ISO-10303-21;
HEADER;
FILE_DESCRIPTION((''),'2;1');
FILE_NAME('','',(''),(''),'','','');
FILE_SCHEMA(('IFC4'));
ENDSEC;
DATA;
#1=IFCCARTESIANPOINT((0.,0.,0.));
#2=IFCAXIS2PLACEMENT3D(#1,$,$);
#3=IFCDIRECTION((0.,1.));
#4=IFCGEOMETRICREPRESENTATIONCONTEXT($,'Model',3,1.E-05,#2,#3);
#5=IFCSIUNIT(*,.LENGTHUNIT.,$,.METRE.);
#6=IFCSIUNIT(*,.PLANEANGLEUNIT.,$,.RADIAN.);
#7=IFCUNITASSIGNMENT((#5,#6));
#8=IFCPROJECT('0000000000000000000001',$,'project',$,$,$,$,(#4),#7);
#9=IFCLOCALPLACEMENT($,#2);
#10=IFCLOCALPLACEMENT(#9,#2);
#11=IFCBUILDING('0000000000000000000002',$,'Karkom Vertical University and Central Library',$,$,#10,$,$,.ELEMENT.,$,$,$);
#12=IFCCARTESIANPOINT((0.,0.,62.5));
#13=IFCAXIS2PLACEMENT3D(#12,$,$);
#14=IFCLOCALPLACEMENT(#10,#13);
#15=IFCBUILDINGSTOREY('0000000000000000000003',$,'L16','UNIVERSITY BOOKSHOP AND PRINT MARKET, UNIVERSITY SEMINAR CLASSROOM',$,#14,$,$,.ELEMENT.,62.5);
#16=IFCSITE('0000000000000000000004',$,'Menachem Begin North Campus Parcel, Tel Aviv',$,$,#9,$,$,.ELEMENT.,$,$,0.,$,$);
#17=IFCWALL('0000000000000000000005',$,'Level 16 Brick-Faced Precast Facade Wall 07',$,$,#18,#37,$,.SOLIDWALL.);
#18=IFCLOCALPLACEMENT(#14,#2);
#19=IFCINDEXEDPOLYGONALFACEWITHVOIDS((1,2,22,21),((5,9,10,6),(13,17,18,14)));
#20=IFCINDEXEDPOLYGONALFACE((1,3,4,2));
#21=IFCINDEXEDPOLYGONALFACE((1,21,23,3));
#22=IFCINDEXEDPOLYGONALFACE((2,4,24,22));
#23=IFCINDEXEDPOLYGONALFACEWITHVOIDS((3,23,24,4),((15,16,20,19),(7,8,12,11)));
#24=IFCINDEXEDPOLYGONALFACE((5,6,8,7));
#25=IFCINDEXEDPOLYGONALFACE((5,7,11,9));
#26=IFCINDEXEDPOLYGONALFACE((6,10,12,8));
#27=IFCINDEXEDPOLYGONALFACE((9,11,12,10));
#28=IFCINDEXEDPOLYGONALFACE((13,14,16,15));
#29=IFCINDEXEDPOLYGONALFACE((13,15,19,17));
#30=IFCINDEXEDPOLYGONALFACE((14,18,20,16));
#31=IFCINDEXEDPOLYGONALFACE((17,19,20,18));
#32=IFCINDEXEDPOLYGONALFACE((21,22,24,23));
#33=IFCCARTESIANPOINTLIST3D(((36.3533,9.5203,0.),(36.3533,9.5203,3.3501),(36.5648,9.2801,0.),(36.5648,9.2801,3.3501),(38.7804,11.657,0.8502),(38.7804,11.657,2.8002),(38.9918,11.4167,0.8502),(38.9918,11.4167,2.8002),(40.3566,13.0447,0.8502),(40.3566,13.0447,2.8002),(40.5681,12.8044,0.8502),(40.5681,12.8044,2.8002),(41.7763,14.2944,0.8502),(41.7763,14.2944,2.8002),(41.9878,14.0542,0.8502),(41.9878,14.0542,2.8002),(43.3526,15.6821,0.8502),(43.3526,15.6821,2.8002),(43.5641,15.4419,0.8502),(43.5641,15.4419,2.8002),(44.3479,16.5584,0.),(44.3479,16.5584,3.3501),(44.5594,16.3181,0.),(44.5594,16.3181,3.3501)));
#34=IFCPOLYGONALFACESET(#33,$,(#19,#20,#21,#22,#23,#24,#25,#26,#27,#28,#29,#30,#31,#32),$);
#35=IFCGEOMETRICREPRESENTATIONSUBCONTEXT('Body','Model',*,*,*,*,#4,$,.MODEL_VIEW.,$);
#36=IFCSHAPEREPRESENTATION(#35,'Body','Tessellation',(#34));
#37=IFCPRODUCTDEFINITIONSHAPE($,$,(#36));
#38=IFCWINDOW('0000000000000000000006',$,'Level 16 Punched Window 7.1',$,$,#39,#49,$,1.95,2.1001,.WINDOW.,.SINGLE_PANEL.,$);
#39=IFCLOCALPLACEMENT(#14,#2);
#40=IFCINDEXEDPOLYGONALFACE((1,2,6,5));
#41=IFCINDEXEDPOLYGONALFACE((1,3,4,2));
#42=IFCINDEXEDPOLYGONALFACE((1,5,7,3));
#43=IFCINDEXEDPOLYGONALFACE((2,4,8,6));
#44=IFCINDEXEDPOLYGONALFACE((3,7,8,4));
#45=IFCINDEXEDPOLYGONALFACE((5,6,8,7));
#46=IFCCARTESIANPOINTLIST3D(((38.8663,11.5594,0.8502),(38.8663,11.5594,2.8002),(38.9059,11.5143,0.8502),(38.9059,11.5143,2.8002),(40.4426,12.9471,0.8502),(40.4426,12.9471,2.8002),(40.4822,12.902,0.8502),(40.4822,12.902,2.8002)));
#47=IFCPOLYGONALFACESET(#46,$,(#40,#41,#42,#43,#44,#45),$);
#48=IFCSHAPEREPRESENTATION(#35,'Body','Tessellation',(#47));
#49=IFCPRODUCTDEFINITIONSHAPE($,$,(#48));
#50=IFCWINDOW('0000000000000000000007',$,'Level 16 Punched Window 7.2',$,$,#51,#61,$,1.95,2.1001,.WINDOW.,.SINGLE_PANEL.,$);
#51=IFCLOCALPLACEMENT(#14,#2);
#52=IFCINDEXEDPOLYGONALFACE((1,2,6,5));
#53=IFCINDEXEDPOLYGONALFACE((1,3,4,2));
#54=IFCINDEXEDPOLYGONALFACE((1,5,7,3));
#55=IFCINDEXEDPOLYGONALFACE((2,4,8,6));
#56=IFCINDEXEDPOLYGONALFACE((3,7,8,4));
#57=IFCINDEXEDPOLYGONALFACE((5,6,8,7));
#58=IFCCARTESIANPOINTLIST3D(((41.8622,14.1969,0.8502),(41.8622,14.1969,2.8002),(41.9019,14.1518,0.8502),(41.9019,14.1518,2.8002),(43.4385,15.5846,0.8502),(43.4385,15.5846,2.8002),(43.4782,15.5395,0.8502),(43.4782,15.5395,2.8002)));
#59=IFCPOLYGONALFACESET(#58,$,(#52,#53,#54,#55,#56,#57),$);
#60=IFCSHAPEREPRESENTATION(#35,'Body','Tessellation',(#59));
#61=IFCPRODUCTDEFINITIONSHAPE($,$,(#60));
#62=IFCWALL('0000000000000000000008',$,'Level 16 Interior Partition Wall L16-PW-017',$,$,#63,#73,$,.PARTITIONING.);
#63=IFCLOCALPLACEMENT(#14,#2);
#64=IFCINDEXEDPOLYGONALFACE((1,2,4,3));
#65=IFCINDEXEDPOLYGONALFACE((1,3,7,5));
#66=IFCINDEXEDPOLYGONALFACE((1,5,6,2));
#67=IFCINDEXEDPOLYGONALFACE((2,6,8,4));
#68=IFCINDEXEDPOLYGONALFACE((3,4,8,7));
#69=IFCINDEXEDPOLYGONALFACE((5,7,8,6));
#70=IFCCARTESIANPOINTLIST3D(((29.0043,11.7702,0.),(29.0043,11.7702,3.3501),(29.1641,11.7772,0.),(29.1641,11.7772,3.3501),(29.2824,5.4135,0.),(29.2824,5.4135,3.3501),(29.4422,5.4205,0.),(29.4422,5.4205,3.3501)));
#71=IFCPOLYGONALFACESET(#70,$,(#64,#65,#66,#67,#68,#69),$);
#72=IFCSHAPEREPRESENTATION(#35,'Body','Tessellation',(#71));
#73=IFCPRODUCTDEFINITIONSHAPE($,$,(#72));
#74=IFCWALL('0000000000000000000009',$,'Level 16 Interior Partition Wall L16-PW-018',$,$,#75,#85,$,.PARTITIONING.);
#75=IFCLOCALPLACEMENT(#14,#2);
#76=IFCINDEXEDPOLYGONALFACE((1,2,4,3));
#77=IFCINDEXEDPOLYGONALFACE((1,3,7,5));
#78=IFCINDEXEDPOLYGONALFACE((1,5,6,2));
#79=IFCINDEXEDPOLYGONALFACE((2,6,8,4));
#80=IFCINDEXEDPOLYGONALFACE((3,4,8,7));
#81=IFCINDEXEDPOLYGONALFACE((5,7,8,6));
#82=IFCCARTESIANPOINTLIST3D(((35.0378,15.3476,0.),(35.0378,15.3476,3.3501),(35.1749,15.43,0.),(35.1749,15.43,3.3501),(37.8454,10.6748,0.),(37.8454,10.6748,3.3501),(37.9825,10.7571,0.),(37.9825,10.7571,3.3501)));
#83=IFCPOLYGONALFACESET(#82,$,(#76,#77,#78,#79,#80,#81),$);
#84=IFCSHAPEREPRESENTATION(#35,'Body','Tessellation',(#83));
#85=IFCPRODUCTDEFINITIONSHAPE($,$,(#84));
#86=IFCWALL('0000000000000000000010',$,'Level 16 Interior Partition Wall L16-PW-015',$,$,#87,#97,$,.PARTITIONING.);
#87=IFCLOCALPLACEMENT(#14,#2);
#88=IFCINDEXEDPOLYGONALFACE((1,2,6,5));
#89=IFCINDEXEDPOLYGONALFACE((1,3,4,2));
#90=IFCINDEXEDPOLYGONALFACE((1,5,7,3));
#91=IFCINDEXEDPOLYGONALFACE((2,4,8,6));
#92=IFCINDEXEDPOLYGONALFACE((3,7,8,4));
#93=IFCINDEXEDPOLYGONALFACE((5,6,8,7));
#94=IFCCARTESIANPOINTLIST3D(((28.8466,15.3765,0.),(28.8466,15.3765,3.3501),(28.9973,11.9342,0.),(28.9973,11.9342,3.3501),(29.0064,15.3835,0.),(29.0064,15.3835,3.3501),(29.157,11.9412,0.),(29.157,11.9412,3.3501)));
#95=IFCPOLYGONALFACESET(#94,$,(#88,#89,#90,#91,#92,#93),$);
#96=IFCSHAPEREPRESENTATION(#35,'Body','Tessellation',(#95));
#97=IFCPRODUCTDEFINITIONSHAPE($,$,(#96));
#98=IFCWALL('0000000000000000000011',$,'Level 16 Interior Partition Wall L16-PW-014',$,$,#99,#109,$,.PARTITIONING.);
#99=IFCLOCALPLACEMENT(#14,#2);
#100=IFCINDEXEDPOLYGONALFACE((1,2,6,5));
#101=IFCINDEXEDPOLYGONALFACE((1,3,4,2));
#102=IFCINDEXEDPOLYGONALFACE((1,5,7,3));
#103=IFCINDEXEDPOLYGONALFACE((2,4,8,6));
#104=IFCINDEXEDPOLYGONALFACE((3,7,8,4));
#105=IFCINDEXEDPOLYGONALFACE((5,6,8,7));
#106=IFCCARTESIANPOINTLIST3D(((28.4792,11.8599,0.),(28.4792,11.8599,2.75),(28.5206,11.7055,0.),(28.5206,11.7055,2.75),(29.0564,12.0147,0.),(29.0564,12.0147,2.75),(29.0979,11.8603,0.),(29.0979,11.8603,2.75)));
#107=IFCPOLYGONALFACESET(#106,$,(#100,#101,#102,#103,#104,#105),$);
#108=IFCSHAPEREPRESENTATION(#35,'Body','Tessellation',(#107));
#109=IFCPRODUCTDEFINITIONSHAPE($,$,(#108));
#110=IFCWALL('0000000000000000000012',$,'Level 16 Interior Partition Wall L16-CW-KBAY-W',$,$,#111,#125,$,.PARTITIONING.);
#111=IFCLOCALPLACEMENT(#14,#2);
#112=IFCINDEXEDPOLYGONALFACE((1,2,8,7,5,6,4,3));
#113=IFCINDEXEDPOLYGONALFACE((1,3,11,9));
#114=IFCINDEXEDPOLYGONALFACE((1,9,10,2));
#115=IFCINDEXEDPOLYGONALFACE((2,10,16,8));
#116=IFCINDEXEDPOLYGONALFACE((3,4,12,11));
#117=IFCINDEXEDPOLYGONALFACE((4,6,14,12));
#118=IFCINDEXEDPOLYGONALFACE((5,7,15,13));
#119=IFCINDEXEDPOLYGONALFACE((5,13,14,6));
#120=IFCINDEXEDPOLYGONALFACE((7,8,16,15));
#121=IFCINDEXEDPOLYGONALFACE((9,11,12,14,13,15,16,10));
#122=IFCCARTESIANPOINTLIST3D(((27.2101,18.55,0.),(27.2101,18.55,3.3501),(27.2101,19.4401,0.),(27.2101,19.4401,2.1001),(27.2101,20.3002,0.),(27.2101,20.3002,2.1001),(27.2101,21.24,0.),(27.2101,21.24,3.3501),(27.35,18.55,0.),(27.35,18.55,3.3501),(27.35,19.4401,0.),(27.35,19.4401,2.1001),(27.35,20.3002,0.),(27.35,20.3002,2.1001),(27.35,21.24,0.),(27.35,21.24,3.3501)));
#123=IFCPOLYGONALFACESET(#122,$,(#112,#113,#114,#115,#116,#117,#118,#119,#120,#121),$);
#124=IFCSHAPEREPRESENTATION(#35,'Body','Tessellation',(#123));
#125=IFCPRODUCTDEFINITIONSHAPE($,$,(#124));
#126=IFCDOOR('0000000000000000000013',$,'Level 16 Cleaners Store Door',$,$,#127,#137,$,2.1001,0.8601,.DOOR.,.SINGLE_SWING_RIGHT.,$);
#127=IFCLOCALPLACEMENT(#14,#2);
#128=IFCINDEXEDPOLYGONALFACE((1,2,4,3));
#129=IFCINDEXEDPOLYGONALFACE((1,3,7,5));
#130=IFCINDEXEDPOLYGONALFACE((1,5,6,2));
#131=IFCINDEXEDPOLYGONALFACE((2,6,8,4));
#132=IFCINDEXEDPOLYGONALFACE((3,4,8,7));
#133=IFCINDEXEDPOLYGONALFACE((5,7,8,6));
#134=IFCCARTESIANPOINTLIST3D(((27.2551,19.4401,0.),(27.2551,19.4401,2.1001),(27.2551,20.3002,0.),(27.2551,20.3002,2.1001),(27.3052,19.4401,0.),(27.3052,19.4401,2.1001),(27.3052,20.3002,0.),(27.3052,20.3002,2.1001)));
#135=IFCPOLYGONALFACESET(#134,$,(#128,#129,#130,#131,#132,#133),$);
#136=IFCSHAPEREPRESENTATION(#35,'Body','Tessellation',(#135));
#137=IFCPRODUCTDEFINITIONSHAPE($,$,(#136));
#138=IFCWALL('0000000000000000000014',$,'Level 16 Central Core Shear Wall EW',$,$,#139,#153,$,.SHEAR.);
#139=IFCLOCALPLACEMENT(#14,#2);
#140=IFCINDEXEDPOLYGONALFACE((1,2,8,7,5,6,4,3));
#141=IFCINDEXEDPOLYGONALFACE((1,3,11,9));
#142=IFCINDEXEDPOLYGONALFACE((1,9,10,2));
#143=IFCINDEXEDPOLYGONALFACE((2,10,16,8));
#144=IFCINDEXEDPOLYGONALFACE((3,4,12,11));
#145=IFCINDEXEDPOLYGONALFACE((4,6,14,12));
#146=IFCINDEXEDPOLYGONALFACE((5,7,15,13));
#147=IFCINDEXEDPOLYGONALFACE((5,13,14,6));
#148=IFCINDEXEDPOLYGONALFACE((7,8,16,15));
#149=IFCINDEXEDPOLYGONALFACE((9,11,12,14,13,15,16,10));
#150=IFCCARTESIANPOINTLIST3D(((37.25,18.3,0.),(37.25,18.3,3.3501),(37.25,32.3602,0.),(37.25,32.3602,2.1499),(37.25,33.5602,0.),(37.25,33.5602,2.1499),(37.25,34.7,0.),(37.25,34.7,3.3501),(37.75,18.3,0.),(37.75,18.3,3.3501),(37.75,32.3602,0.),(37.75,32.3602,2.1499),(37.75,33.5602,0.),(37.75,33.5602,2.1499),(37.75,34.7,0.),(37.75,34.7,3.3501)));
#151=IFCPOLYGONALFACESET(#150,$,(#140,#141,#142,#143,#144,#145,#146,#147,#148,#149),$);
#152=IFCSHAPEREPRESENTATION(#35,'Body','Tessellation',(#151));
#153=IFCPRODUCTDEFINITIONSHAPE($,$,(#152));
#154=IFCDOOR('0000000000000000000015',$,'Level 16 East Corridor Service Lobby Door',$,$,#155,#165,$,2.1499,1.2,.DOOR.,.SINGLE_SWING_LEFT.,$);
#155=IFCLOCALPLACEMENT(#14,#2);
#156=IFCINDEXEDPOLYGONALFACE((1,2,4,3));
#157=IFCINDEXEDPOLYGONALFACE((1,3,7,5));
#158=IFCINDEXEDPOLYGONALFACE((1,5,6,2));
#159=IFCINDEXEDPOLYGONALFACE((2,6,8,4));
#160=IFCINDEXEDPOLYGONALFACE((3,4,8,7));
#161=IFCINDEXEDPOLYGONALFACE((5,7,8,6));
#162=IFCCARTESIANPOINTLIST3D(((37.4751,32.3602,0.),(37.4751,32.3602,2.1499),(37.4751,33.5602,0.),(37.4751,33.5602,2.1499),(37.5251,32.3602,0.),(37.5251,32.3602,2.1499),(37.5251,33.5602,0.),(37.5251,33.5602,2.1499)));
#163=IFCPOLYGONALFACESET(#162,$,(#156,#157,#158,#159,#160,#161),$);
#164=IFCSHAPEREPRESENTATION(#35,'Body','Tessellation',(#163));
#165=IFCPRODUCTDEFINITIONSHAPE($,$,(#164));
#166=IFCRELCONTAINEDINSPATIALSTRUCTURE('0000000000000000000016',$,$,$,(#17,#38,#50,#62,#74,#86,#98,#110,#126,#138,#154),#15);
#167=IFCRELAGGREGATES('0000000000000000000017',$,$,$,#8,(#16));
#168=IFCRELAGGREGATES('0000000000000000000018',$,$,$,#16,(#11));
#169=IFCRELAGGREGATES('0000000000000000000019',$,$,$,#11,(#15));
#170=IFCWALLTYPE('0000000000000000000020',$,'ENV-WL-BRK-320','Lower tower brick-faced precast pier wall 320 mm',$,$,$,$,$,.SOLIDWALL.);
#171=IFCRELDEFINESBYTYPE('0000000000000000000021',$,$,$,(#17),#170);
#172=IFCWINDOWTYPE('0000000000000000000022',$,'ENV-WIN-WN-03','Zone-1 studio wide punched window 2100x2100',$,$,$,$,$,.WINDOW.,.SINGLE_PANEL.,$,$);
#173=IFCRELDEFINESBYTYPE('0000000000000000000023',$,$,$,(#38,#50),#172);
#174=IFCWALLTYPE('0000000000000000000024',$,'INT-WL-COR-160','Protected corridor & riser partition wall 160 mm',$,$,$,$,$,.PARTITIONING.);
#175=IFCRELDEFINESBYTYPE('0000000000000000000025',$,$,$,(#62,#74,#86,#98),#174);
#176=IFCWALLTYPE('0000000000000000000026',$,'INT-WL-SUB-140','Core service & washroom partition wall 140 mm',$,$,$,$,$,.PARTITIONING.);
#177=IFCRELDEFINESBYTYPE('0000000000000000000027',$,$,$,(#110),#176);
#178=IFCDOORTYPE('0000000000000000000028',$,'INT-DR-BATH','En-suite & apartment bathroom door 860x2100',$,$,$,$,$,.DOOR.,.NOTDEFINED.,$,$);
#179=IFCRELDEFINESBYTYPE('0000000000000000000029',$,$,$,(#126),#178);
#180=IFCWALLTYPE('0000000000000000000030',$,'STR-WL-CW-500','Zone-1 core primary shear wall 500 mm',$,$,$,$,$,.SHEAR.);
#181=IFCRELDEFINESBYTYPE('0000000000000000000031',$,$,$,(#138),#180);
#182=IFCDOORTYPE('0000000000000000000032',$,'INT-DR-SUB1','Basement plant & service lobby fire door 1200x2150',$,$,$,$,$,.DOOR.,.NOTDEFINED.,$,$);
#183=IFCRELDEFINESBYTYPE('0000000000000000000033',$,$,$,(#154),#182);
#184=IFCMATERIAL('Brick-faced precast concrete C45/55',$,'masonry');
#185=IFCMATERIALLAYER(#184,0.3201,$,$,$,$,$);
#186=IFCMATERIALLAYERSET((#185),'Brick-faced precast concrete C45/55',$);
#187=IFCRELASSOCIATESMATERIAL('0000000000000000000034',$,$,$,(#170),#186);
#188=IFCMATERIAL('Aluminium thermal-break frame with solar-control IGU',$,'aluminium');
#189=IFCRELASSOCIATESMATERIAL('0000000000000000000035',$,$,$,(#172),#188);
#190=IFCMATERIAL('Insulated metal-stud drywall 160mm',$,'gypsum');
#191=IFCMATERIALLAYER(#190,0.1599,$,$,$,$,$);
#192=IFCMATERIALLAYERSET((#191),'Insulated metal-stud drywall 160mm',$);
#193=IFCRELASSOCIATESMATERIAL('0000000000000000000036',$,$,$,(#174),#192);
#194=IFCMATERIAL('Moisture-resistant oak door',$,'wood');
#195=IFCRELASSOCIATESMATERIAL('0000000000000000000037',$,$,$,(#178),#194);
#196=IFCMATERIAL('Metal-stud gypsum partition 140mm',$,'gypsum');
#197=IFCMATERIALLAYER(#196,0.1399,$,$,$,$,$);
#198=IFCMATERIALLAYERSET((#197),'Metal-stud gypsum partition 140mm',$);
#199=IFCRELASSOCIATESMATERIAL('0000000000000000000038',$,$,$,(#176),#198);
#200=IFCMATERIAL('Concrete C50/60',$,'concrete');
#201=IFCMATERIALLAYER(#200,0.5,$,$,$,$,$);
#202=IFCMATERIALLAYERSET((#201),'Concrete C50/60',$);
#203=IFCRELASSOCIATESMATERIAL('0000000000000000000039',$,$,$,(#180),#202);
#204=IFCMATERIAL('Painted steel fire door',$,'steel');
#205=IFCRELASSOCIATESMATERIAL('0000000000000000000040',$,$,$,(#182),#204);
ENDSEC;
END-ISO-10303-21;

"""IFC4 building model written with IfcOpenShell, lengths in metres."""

from ifc_helpers import new_model, si_unit, direction, frame, frame_2d, origin, origin_with_axes, place, context, subcontext, project, spatial, rectangle, extrude, source, transform, mapped, material, layer, layer_set, type_object, element, fill, save


model = new_model("IFC4")

# Units and contexts
model_context = context("Model", 3, precision=1e-05, world=origin(), true_north=direction((0.0, 1.0)))
body_context = subcontext(model_context, "Body", "Model", "MODEL_VIEW")
ifc_project = project(units=[si_unit("LENGTHUNIT", "METRE"), si_unit("PLANEANGLEUNIT", "RADIAN")], contexts=[model_context])

# Site, building, storey
site_placement = place(None, origin())
site = spatial("IfcSite", under=ifc_project, at=site_placement, Name="Menachem Begin North Campus Parcel, Tel Aviv", CompositionType="ELEMENT", RefElevation=0.0)
building_placement = place(site_placement, origin())
building = spatial("IfcBuilding", under=site, at=building_placement, Name="Karkom Vertical University and Central Library", CompositionType="ELEMENT")
storey_placement = place(building_placement, frame((0.0, 0.0, 62.5)))
storey = spatial("IfcBuildingStorey", under=building, at=storey_placement, Name="L16", Description="UNIVERSITY BOOKSHOP AND PRINT MARKET, UNIVERSITY SEMINAR CLASSROOM", CompositionType="ELEMENT", Elevation=62.5)

# Shared definitions
ifc_material_1 = material(Name="Concrete C50/60", Category="concrete")

# Wall, openings, windows
ifc_material_2 = material(Name="Brick-faced precast concrete C45/55", Category="masonry")
ifc_layer_1 = layer(ifc_material_2, 0.3201)
ifc_layer_set_1 = layer_set([ifc_layer_1], Name="Brick-faced precast concrete C45/55")
wall_type_1 = type_object("IfcWallType", Name="ENV-WL-BRK-320", Description="Lower tower brick-faced precast pier wall 320 mm", PredefinedType="SOLIDWALL", material=ifc_layer_set_1)
wall_1_placement = place(storey_placement, frame((36.459, 9.4001, 0.0), z_axis=(0.0, 0.0, 1.0), x_axis=(0.750583, 0.660777, 0.0)))
wall_1 = element("IfcWall", 1, at=wall_1_placement, inside=storey, type_object=wall_type_1, Name="Level 16 Brick-Faced Precast Facade Wall 07", PredefinedType="SOLIDWALL", context=body_context, shape_type="SweptSolid", body=[
    extrude(rectangle(XDim=10.6511, YDim=0.3201, at=frame_2d((5.3257, 0.0))), origin(), (0.0, 0.0, 1.0), 3.3501),
])
opening_1_placement = place(wall_1_placement, frame((3.2336, 0.0, 0.8501)))
opening_1 = element("IfcOpeningElement", 2, at=opening_1_placement, cuts=wall_1, PredefinedType="OPENING", context=body_context, shape_type="SweptSolid", body=[
    extrude(rectangle(XDim=2.1001, YDim=1.95, at=frame_2d((1.05, 0.9751))), frame((0.0, 0.1699, 0.0), z_axis=(0.0, -1.0, 0.0), x_axis=(1.0, 0.0, 0.0)), (0.0, 0.0, 1.0), 0.3401),
])
opening_2_placement = place(wall_1_placement, frame((7.2251, 0.0, 0.8501)))
opening_2 = element("IfcOpeningElement", 3, at=opening_2_placement, cuts=wall_1, PredefinedType="OPENING", context=body_context, shape_type="SweptSolid", body=[
    extrude(rectangle(XDim=2.1001, YDim=1.95, at=frame_2d((1.05, 0.9751))), frame((0.0, 0.1699, 0.0), z_axis=(0.0, -1.0, 0.0), x_axis=(1.0, 0.0, 0.0)), (0.0, 0.0, 1.0), 0.3401),
])
ifc_material_3 = material(Name="Aluminium thermal-break frame with solar-control IGU", Category="aluminium")
window_type = type_object("IfcWindowType", Name="ENV-WIN-WN-03", Description="Zone-1 studio wide punched window 2100x2100", PartitioningType="SINGLE_PANEL", PredefinedType="WINDOW", material=ifc_material_3)
shared_shape_1 = source(origin_with_axes(), body_context, "Body", "SweptSolid", [
    extrude(rectangle(XDim=2.1001, YDim=1.95, at=frame_2d((1.05, 0.9751))), frame((0.0, 0.03, 0.0), z_axis=(0.0, -1.0, 0.0), x_axis=(1.0, 0.0, 0.0)), (0.0, 0.0, 1.0), 0.0601),
])
window_1_placement = place(opening_1_placement, origin())
window_1 = element("IfcWindow", 4, at=window_1_placement, inside=storey, type_object=window_type, Name="Level 16 Punched Window 7.1", OverallHeight=1.95, OverallWidth=2.1001, PartitioningType="SINGLE_PANEL", PredefinedType="WINDOW", context=body_context, shape_type="MappedRepresentation", body=[
    mapped(shared_shape_1, transform((0.0, 0.0, 0.0), scale=1.0)),
])
fill(opening_1, window_1)
window_2_placement = place(opening_2_placement, origin())
window_2 = element("IfcWindow", 5, at=window_2_placement, inside=storey, type_object=window_type, Name="Level 16 Punched Window 7.2", OverallHeight=1.95, OverallWidth=2.1001, PartitioningType="SINGLE_PANEL", PredefinedType="WINDOW", context=body_context, shape_type="MappedRepresentation", body=[
    mapped(shared_shape_1, transform((0.0, 0.0, 0.0), scale=1.0)),
])
fill(opening_2, window_2)

# Shared definitions
ifc_material_4 = material(Name="Insulated metal-stud drywall 160mm", Category="gypsum")
ifc_layer_2 = layer(ifc_material_4, 0.1599)
ifc_layer_set_2 = layer_set([ifc_layer_2], Name="Insulated metal-stud drywall 160mm")
wall_type_2 = type_object("IfcWallType", Name="INT-WL-COR-160", Description="Protected corridor & riser partition wall 160 mm", PredefinedType="PARTITIONING", material=ifc_layer_set_2)
ifc_material_5 = material(Name="Moisture-resistant oak door", Category="wood")
door_type_1 = type_object("IfcDoorType", Name="INT-DR-BATH", Description="En-suite & apartment bathroom door 860x2100", OperationType="NOTDEFINED", PredefinedType="DOOR", material=ifc_material_5)
shared_shape_2 = source(origin_with_axes(), body_context, "Body", "SweptSolid", [
    extrude(rectangle(XDim=0.8601, YDim=2.1001, at=frame_2d((0.4302, 1.05))), frame((0.0, 0.0249, 0.0), z_axis=(0.0, -1.0, 0.0), x_axis=(1.0, 0.0, 0.0)), (0.0, 0.0, 1.0), 0.05),
])

# Walls
wall_2_placement = place(storey_placement, frame((29.0842, 11.7737, 0.0), z_axis=(0.0, 0.0, 1.0), x_axis=(0.043704, -0.999045, 0.0)))
element("IfcWall", 6, at=wall_2_placement, inside=storey, type_object=wall_type_2, Name="Level 16 Interior Partition Wall L16-PW-017", PredefinedType="PARTITIONING", context=body_context, shape_type="SweptSolid", body=[
    extrude(rectangle(XDim=6.3628, YDim=0.1599, at=frame_2d((3.1814, 0.0))), origin(), (0.0, 0.0, 1.0), 3.3501),
])
wall_3_placement = place(storey_placement, frame((35.1064, 15.3887, 0.0), z_axis=(0.0, 0.0, 1.0), x_axis=(0.515023, -0.857177, 0.0)))
element("IfcWall", 7, at=wall_3_placement, inside=storey, type_object=wall_type_2, Name="Level 16 Interior Partition Wall L16-PW-018", PredefinedType="PARTITIONING", context=body_context, shape_type="SweptSolid", body=[
    extrude(rectangle(XDim=5.4514, YDim=0.1599, at=frame_2d((2.7256, 0.0))), origin(), (0.0, 0.0, 1.0), 3.3501),
])
wall_4_placement = place(storey_placement, frame((28.9265, 15.3799, 0.0), z_axis=(0.0, 0.0, 1.0), x_axis=(0.043717, -0.999044, 0.0)))
element("IfcWall", 8, at=wall_4_placement, inside=storey, type_object=wall_type_2, Name="Level 16 Interior Partition Wall L16-PW-015", PredefinedType="PARTITIONING", context=body_context, shape_type="SweptSolid", body=[
    extrude(rectangle(XDim=3.4456, YDim=0.1599, at=frame_2d((1.7227, 0.0))), origin(), (0.0, 0.0, 1.0), 3.3501),
])
wall_5_placement = place(storey_placement, frame((29.0771, 11.9375, 0.0), z_axis=(0.0, 0.0, 1.0), x_axis=(-0.965868, -0.259036, 0.0)))
element("IfcWall", 9, at=wall_5_placement, inside=storey, type_object=wall_type_2, Name="Level 16 Interior Partition Wall L16-PW-014", PredefinedType="PARTITIONING", context=body_context, shape_type="SweptSolid", body=[
    extrude(rectangle(XDim=0.5977, YDim=0.1599, at=frame_2d((0.2988, 0.0))), origin(), (0.0, 0.0, 1.0), 2.75),
])

# Walls, openings, doors
ifc_material_6 = material(Name="Metal-stud gypsum partition 140mm", Category="gypsum")
ifc_layer_3 = layer(ifc_material_6, 0.1399)
ifc_layer_set_3 = layer_set([ifc_layer_3], Name="Metal-stud gypsum partition 140mm")
wall_type_3 = type_object("IfcWallType", Name="INT-WL-SUB-140", Description="Core service & washroom partition wall 140 mm", PredefinedType="PARTITIONING", material=ifc_layer_set_3)
wall_6_placement = place(storey_placement, frame((27.28, 18.55, 0.0), z_axis=(0.0, 0.0, 1.0), x_axis=(0.0, 1.0, 0.0)))
wall_6 = element("IfcWall", 10, at=wall_6_placement, inside=storey, type_object=wall_type_3, Name="Level 16 Interior Partition Wall L16-CW-KBAY-W", PredefinedType="PARTITIONING", context=body_context, shape_type="SweptSolid", body=[
    extrude(rectangle(XDim=2.6899, YDim=0.1399, at=frame_2d((1.345, 0.0))), origin(), (0.0, 0.0, 1.0), 3.3501),
])
opening_3_placement = place(wall_6_placement, frame((0.8899, 0.0, 0.0)))
opening_3 = element("IfcOpeningElement", 11, at=opening_3_placement, cuts=wall_6, PredefinedType="OPENING", context=body_context, shape_type="SweptSolid", body=[
    extrude(rectangle(XDim=0.8601, YDim=2.1001, at=frame_2d((0.4302, 1.05))), frame((0.0, 0.0801, 0.0), z_axis=(0.0, -1.0, 0.0), x_axis=(1.0, 0.0, 0.0)), (0.0, 0.0, 1.0), 0.1599),
])
door_1_placement = place(opening_3_placement, origin())
door_1 = element("IfcDoor", 12, at=door_1_placement, inside=storey, type_object=door_type_1, Name="Level 16 Cleaners Store Door", OperationType="SINGLE_SWING_RIGHT", OverallHeight=2.1001, OverallWidth=0.8601, PredefinedType="DOOR", context=body_context, shape_type="MappedRepresentation", body=[
    mapped(shared_shape_2, transform((0.0, 0.0, 0.0), scale=1.0)),
])
fill(opening_3, door_1)
ifc_layer_4 = layer(ifc_material_1, 0.5)
ifc_layer_set_4 = layer_set([ifc_layer_4], Name="Concrete C50/60")
wall_type_4 = type_object("IfcWallType", Name="STR-WL-CW-500", Description="Zone-1 core primary shear wall 500 mm", PredefinedType="SHEAR", material=ifc_layer_set_4)
wall_7_placement = place(storey_placement, frame((37.5, 18.3, 0.0), z_axis=(0.0, 0.0, 1.0), x_axis=(0.0, 1.0, 0.0)))
wall_7 = element("IfcWall", 13, at=wall_7_placement, inside=storey, type_object=wall_type_4, Name="Level 16 Central Core Shear Wall EW", PredefinedType="SHEAR", context=body_context, shape_type="SweptSolid", body=[
    extrude(rectangle(XDim=16.3999, YDim=0.5, at=frame_2d((8.2, 0.0))), origin(), (0.0, 0.0, 1.0), 3.3501),
])
opening_4_placement = place(wall_7_placement, frame((14.0601, 0.0, 0.0)))
opening_4 = element("IfcOpeningElement", 14, at=opening_4_placement, cuts=wall_7, PredefinedType="OPENING", context=body_context, shape_type="SweptSolid", body=[
    extrude(rectangle(XDim=1.2, YDim=2.1499, at=frame_2d((0.6001, 1.075))), frame((0.0, 0.26, 0.0), z_axis=(0.0, -1.0, 0.0), x_axis=(1.0, 0.0, 0.0)), (0.0, 0.0, 1.0), 0.52),
])
ifc_material_7 = material(Name="Painted steel fire door", Category="steel")
door_type_2 = type_object("IfcDoorType", Name="INT-DR-SUB1", Description="Basement plant & service lobby fire door 1200x2150", OperationType="NOTDEFINED", PredefinedType="DOOR", material=ifc_material_7)
shared_shape_3 = source(origin_with_axes(), body_context, "Body", "SweptSolid", [
    extrude(rectangle(XDim=1.2, YDim=2.1499, at=frame_2d((0.6001, 1.075))), frame((0.0, 0.0249, 0.0), z_axis=(0.0, -1.0, 0.0), x_axis=(1.0, 0.0, 0.0)), (0.0, 0.0, 1.0), 0.05),
])
door_2_placement = place(opening_4_placement, origin())
door_2 = element("IfcDoor", 15, at=door_2_placement, inside=storey, type_object=door_type_2, Name="Level 16 East Corridor Service Lobby Door", OperationType="SINGLE_SWING_LEFT", OverallHeight=2.1499, OverallWidth=1.2, PredefinedType="DOOR", context=body_context, shape_type="MappedRepresentation", body=[
    mapped(shared_shape_3, transform((0.0, 0.0, 0.0), scale=1.0)),
])
fill(opening_4, door_2)

save(model, "model.ifc")
